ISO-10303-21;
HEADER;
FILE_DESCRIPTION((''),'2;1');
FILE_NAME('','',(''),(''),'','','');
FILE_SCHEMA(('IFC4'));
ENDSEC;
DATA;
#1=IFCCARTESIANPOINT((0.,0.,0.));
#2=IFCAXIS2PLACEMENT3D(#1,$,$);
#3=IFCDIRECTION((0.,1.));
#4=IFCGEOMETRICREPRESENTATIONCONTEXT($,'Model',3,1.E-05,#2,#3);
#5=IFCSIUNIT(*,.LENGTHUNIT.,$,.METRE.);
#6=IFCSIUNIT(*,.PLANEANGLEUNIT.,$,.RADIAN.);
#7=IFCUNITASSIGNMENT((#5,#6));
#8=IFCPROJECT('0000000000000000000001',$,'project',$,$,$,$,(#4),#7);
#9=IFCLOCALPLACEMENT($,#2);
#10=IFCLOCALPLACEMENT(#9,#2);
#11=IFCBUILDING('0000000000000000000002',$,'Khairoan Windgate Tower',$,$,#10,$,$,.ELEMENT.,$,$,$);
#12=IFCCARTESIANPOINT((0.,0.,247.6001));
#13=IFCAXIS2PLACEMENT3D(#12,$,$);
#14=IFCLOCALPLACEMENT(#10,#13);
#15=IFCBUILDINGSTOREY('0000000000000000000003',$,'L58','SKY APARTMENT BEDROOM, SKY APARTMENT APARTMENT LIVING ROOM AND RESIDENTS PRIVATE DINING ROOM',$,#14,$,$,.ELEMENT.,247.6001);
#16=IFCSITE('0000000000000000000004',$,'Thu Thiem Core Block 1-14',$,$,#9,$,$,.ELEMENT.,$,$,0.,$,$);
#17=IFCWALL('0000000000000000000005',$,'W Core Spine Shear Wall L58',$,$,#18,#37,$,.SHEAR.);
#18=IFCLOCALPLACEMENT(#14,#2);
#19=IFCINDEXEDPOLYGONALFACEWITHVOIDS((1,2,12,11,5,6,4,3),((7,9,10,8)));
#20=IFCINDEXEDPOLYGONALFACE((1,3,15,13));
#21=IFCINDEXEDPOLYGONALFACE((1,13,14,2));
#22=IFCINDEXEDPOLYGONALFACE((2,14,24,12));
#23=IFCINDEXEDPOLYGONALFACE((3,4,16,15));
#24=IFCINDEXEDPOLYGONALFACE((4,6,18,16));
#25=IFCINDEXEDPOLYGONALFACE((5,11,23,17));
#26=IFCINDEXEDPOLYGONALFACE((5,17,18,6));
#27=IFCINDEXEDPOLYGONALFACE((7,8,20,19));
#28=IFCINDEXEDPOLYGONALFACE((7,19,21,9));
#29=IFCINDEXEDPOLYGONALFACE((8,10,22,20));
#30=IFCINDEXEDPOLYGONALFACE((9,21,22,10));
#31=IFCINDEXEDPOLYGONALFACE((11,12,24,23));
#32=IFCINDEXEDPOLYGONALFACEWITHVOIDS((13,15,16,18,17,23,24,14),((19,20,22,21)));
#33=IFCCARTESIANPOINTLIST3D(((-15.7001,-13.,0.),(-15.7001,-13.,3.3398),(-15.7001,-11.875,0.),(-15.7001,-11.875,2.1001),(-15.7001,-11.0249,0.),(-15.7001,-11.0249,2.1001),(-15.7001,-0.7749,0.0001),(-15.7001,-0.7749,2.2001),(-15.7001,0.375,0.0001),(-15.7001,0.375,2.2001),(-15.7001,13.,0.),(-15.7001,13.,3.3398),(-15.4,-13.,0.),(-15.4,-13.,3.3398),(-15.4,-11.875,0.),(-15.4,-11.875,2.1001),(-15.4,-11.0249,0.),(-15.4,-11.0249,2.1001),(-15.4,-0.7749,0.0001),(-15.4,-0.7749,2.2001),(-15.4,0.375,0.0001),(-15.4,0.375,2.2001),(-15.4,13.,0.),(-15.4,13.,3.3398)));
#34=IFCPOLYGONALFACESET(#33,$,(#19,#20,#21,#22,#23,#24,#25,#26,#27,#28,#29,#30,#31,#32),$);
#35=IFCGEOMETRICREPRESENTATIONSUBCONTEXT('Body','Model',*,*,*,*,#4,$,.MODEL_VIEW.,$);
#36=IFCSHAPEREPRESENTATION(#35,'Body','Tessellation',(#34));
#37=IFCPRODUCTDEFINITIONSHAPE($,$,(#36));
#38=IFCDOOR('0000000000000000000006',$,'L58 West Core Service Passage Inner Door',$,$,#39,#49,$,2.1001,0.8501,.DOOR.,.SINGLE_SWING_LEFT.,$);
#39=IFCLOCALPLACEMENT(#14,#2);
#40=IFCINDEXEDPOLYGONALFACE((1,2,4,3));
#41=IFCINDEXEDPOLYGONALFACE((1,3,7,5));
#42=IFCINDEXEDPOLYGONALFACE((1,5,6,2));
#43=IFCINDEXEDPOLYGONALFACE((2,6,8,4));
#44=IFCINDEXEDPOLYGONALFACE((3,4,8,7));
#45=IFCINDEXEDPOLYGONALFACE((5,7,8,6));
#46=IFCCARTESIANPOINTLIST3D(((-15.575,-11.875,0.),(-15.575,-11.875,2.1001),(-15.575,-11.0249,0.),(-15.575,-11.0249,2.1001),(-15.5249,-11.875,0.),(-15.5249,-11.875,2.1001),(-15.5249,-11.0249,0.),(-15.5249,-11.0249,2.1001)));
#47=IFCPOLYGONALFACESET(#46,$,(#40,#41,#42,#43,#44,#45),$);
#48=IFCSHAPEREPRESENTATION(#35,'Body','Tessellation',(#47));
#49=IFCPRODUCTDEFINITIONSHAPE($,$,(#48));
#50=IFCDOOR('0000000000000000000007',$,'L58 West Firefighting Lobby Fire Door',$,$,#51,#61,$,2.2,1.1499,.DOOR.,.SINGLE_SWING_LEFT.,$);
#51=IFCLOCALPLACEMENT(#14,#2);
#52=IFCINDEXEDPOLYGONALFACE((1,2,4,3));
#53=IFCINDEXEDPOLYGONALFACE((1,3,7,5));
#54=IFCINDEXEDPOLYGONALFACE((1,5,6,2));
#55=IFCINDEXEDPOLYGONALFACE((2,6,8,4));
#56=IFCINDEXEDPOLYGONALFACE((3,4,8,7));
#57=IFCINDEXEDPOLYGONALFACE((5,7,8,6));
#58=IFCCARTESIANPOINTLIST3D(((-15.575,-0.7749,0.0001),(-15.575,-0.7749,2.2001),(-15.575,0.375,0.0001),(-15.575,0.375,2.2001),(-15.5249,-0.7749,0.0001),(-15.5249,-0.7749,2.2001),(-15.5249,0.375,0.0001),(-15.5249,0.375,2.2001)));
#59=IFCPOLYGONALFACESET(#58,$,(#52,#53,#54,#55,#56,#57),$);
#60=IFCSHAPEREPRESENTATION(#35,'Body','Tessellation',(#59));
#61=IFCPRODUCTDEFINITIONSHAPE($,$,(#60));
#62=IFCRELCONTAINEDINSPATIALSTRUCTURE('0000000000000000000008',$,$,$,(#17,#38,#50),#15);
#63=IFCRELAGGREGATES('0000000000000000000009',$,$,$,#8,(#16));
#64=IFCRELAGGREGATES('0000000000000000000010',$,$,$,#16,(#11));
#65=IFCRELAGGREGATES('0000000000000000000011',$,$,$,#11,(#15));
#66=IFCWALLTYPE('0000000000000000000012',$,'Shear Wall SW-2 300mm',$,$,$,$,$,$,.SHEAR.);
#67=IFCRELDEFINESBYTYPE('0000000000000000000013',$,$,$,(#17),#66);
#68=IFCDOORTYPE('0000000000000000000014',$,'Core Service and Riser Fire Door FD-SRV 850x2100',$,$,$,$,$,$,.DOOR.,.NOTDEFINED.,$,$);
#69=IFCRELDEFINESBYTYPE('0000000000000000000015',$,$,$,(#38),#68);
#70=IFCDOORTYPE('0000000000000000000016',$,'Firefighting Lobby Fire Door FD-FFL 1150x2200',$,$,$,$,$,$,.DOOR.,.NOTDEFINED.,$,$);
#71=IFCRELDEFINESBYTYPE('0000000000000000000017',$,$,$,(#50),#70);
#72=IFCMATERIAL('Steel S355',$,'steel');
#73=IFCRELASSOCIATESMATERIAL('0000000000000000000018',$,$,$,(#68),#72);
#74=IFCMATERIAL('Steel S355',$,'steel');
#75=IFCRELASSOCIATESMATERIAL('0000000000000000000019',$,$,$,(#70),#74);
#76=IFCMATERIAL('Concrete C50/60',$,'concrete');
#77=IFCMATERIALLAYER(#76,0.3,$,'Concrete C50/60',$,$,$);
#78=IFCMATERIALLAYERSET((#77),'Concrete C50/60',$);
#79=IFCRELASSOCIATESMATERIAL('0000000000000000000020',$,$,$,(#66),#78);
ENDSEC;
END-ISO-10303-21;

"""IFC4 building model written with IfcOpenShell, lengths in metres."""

from ifc_helpers import new_model, si_unit, direction, frame, frame_2d, origin, place, context, subcontext, project, spatial, rectangle, extrude, material, layer, layer_set, type_object, element, fill, save


model = new_model("IFC4")

# Units and contexts
model_context = context("Model", 3, precision=1e-05, world=origin(), true_north=direction((0.0, 1.0)))
body_context = subcontext(model_context, "Body", "Model", "MODEL_VIEW")
ifc_project = project(units=[si_unit("LENGTHUNIT", "METRE"), si_unit("PLANEANGLEUNIT", "RADIAN")], contexts=[model_context])

# Site, building, storey
site_placement = place(None, origin())
site = spatial("IfcSite", under=ifc_project, at=site_placement, Name="Thu Thiem Core Block 1-14", CompositionType="ELEMENT", RefElevation=0.0)
building_placement = place(site_placement, origin())
building = spatial("IfcBuilding", under=site, at=building_placement, Name="Khairoan Windgate Tower", CompositionType="ELEMENT")
storey_placement = place(building_placement, frame((0.0, 0.0, 247.6001)))
storey = spatial("IfcBuildingStorey", under=building, at=storey_placement, Name="L58", Description="SKY APARTMENT BEDROOM, SKY APARTMENT APARTMENT LIVING ROOM AND RESIDENTS PRIVATE DINING ROOM", CompositionType="ELEMENT", Elevation=247.6001)

# Wall, openings, doors
ifc_material_1 = material(Name="Steel S355", Category="steel")
door_type_1 = type_object("IfcDoorType", Name="Core Service and Riser Fire Door FD-SRV 850x2100", OperationType="NOTDEFINED", PredefinedType="DOOR", material=ifc_material_1)
ifc_material_2 = material(Name="Steel S355", Category="steel")
door_type_2 = type_object("IfcDoorType", Name="Firefighting Lobby Fire Door FD-FFL 1150x2200", OperationType="NOTDEFINED", PredefinedType="DOOR", material=ifc_material_2)
ifc_material_3 = material(Name="Concrete C50/60", Category="concrete")
ifc_layer_1 = layer(ifc_material_3, 0.3, Name="Concrete C50/60")
ifc_layer_set_1 = layer_set([ifc_layer_1], Name="Concrete C50/60")
wall_type_1 = type_object("IfcWallType", Name="Shear Wall SW-2 300mm", PredefinedType="SHEAR", material=ifc_layer_set_1)
wall_1_placement = place(storey_placement, frame((-15.55, -13.0, 0.0), z_axis=(0.0, 0.0, 1.0), x_axis=(0.0, 1.0, 0.0)))
wall_1 = element("IfcWall", 1, at=wall_1_placement, inside=storey, type_object=wall_type_1, Name="W Core Spine Shear Wall L58", PredefinedType="SHEAR", context=body_context, shape_type="SweptSolid", body=[
    extrude(rectangle(XDim=26.0, YDim=0.3, at=frame_2d((13.0, 0.0))), origin(), (0.0, 0.0, 1.0), 3.3398),
])
opening_1_placement = place(wall_1_placement, frame((12.2251, 0.0, 0.0)))
opening_1 = element("IfcOpeningElement", 2, at=opening_1_placement, cuts=wall_1, PredefinedType="OPENING", context=body_context, shape_type="SweptSolid", body=[
    extrude(rectangle(XDim=1.1499, YDim=2.2, at=frame_2d((0.575, 1.1001))), frame((0.0, 0.1599, 0.0), z_axis=(0.0, -1.0, 0.0), x_axis=(1.0, 0.0, 0.0)), (0.0, 0.0, 1.0), 0.3201),
])
opening_2_placement = place(wall_1_placement, frame((1.125, 0.0, 0.0)))
opening_2 = element("IfcOpeningElement", 3, at=opening_2_placement, cuts=wall_1, PredefinedType="OPENING", context=body_context, shape_type="SweptSolid", body=[
    extrude(rectangle(XDim=0.8501, YDim=2.1001, at=frame_2d((0.425, 1.05))), frame((0.0, 0.1599, 0.0), z_axis=(0.0, -1.0, 0.0), x_axis=(1.0, 0.0, 0.0)), (0.0, 0.0, 1.0), 0.3201),
])
door_1_placement = place(opening_2_placement, origin())
door_1 = element("IfcDoor", 4, at=door_1_placement, inside=storey, type_object=door_type_1, Name="L58 West Core Service Passage Inner Door", OperationType="SINGLE_SWING_LEFT", OverallHeight=2.1001, OverallWidth=0.8501, PredefinedType="DOOR", context=body_context, shape_type="SweptSolid", body=[
    extrude(rectangle(XDim=0.8501, YDim=2.1001, at=frame_2d((0.425, 1.05))), frame((0.0, 0.0249, 0.0), z_axis=(0.0, -1.0, 0.0), x_axis=(1.0, 0.0, 0.0)), (0.0, 0.0, 1.0), 0.05),
])
fill(opening_2, door_1)
door_2_placement = place(opening_1_placement, origin())
door_2 = element("IfcDoor", 5, at=door_2_placement, inside=storey, type_object=door_type_2, Name="L58 West Firefighting Lobby Fire Door", OperationType="SINGLE_SWING_LEFT", OverallHeight=2.2, OverallWidth=1.1499, PredefinedType="DOOR", context=body_context, shape_type="SweptSolid", body=[
    extrude(rectangle(XDim=1.1499, YDim=2.2, at=frame_2d((0.575, 1.1001))), frame((0.0, 0.0249, 0.0), z_axis=(0.0, -1.0, 0.0), x_axis=(1.0, 0.0, 0.0)), (0.0, 0.0, 1.0), 0.05),
])
fill(opening_1, door_2)

save(model, "model.ifc")
